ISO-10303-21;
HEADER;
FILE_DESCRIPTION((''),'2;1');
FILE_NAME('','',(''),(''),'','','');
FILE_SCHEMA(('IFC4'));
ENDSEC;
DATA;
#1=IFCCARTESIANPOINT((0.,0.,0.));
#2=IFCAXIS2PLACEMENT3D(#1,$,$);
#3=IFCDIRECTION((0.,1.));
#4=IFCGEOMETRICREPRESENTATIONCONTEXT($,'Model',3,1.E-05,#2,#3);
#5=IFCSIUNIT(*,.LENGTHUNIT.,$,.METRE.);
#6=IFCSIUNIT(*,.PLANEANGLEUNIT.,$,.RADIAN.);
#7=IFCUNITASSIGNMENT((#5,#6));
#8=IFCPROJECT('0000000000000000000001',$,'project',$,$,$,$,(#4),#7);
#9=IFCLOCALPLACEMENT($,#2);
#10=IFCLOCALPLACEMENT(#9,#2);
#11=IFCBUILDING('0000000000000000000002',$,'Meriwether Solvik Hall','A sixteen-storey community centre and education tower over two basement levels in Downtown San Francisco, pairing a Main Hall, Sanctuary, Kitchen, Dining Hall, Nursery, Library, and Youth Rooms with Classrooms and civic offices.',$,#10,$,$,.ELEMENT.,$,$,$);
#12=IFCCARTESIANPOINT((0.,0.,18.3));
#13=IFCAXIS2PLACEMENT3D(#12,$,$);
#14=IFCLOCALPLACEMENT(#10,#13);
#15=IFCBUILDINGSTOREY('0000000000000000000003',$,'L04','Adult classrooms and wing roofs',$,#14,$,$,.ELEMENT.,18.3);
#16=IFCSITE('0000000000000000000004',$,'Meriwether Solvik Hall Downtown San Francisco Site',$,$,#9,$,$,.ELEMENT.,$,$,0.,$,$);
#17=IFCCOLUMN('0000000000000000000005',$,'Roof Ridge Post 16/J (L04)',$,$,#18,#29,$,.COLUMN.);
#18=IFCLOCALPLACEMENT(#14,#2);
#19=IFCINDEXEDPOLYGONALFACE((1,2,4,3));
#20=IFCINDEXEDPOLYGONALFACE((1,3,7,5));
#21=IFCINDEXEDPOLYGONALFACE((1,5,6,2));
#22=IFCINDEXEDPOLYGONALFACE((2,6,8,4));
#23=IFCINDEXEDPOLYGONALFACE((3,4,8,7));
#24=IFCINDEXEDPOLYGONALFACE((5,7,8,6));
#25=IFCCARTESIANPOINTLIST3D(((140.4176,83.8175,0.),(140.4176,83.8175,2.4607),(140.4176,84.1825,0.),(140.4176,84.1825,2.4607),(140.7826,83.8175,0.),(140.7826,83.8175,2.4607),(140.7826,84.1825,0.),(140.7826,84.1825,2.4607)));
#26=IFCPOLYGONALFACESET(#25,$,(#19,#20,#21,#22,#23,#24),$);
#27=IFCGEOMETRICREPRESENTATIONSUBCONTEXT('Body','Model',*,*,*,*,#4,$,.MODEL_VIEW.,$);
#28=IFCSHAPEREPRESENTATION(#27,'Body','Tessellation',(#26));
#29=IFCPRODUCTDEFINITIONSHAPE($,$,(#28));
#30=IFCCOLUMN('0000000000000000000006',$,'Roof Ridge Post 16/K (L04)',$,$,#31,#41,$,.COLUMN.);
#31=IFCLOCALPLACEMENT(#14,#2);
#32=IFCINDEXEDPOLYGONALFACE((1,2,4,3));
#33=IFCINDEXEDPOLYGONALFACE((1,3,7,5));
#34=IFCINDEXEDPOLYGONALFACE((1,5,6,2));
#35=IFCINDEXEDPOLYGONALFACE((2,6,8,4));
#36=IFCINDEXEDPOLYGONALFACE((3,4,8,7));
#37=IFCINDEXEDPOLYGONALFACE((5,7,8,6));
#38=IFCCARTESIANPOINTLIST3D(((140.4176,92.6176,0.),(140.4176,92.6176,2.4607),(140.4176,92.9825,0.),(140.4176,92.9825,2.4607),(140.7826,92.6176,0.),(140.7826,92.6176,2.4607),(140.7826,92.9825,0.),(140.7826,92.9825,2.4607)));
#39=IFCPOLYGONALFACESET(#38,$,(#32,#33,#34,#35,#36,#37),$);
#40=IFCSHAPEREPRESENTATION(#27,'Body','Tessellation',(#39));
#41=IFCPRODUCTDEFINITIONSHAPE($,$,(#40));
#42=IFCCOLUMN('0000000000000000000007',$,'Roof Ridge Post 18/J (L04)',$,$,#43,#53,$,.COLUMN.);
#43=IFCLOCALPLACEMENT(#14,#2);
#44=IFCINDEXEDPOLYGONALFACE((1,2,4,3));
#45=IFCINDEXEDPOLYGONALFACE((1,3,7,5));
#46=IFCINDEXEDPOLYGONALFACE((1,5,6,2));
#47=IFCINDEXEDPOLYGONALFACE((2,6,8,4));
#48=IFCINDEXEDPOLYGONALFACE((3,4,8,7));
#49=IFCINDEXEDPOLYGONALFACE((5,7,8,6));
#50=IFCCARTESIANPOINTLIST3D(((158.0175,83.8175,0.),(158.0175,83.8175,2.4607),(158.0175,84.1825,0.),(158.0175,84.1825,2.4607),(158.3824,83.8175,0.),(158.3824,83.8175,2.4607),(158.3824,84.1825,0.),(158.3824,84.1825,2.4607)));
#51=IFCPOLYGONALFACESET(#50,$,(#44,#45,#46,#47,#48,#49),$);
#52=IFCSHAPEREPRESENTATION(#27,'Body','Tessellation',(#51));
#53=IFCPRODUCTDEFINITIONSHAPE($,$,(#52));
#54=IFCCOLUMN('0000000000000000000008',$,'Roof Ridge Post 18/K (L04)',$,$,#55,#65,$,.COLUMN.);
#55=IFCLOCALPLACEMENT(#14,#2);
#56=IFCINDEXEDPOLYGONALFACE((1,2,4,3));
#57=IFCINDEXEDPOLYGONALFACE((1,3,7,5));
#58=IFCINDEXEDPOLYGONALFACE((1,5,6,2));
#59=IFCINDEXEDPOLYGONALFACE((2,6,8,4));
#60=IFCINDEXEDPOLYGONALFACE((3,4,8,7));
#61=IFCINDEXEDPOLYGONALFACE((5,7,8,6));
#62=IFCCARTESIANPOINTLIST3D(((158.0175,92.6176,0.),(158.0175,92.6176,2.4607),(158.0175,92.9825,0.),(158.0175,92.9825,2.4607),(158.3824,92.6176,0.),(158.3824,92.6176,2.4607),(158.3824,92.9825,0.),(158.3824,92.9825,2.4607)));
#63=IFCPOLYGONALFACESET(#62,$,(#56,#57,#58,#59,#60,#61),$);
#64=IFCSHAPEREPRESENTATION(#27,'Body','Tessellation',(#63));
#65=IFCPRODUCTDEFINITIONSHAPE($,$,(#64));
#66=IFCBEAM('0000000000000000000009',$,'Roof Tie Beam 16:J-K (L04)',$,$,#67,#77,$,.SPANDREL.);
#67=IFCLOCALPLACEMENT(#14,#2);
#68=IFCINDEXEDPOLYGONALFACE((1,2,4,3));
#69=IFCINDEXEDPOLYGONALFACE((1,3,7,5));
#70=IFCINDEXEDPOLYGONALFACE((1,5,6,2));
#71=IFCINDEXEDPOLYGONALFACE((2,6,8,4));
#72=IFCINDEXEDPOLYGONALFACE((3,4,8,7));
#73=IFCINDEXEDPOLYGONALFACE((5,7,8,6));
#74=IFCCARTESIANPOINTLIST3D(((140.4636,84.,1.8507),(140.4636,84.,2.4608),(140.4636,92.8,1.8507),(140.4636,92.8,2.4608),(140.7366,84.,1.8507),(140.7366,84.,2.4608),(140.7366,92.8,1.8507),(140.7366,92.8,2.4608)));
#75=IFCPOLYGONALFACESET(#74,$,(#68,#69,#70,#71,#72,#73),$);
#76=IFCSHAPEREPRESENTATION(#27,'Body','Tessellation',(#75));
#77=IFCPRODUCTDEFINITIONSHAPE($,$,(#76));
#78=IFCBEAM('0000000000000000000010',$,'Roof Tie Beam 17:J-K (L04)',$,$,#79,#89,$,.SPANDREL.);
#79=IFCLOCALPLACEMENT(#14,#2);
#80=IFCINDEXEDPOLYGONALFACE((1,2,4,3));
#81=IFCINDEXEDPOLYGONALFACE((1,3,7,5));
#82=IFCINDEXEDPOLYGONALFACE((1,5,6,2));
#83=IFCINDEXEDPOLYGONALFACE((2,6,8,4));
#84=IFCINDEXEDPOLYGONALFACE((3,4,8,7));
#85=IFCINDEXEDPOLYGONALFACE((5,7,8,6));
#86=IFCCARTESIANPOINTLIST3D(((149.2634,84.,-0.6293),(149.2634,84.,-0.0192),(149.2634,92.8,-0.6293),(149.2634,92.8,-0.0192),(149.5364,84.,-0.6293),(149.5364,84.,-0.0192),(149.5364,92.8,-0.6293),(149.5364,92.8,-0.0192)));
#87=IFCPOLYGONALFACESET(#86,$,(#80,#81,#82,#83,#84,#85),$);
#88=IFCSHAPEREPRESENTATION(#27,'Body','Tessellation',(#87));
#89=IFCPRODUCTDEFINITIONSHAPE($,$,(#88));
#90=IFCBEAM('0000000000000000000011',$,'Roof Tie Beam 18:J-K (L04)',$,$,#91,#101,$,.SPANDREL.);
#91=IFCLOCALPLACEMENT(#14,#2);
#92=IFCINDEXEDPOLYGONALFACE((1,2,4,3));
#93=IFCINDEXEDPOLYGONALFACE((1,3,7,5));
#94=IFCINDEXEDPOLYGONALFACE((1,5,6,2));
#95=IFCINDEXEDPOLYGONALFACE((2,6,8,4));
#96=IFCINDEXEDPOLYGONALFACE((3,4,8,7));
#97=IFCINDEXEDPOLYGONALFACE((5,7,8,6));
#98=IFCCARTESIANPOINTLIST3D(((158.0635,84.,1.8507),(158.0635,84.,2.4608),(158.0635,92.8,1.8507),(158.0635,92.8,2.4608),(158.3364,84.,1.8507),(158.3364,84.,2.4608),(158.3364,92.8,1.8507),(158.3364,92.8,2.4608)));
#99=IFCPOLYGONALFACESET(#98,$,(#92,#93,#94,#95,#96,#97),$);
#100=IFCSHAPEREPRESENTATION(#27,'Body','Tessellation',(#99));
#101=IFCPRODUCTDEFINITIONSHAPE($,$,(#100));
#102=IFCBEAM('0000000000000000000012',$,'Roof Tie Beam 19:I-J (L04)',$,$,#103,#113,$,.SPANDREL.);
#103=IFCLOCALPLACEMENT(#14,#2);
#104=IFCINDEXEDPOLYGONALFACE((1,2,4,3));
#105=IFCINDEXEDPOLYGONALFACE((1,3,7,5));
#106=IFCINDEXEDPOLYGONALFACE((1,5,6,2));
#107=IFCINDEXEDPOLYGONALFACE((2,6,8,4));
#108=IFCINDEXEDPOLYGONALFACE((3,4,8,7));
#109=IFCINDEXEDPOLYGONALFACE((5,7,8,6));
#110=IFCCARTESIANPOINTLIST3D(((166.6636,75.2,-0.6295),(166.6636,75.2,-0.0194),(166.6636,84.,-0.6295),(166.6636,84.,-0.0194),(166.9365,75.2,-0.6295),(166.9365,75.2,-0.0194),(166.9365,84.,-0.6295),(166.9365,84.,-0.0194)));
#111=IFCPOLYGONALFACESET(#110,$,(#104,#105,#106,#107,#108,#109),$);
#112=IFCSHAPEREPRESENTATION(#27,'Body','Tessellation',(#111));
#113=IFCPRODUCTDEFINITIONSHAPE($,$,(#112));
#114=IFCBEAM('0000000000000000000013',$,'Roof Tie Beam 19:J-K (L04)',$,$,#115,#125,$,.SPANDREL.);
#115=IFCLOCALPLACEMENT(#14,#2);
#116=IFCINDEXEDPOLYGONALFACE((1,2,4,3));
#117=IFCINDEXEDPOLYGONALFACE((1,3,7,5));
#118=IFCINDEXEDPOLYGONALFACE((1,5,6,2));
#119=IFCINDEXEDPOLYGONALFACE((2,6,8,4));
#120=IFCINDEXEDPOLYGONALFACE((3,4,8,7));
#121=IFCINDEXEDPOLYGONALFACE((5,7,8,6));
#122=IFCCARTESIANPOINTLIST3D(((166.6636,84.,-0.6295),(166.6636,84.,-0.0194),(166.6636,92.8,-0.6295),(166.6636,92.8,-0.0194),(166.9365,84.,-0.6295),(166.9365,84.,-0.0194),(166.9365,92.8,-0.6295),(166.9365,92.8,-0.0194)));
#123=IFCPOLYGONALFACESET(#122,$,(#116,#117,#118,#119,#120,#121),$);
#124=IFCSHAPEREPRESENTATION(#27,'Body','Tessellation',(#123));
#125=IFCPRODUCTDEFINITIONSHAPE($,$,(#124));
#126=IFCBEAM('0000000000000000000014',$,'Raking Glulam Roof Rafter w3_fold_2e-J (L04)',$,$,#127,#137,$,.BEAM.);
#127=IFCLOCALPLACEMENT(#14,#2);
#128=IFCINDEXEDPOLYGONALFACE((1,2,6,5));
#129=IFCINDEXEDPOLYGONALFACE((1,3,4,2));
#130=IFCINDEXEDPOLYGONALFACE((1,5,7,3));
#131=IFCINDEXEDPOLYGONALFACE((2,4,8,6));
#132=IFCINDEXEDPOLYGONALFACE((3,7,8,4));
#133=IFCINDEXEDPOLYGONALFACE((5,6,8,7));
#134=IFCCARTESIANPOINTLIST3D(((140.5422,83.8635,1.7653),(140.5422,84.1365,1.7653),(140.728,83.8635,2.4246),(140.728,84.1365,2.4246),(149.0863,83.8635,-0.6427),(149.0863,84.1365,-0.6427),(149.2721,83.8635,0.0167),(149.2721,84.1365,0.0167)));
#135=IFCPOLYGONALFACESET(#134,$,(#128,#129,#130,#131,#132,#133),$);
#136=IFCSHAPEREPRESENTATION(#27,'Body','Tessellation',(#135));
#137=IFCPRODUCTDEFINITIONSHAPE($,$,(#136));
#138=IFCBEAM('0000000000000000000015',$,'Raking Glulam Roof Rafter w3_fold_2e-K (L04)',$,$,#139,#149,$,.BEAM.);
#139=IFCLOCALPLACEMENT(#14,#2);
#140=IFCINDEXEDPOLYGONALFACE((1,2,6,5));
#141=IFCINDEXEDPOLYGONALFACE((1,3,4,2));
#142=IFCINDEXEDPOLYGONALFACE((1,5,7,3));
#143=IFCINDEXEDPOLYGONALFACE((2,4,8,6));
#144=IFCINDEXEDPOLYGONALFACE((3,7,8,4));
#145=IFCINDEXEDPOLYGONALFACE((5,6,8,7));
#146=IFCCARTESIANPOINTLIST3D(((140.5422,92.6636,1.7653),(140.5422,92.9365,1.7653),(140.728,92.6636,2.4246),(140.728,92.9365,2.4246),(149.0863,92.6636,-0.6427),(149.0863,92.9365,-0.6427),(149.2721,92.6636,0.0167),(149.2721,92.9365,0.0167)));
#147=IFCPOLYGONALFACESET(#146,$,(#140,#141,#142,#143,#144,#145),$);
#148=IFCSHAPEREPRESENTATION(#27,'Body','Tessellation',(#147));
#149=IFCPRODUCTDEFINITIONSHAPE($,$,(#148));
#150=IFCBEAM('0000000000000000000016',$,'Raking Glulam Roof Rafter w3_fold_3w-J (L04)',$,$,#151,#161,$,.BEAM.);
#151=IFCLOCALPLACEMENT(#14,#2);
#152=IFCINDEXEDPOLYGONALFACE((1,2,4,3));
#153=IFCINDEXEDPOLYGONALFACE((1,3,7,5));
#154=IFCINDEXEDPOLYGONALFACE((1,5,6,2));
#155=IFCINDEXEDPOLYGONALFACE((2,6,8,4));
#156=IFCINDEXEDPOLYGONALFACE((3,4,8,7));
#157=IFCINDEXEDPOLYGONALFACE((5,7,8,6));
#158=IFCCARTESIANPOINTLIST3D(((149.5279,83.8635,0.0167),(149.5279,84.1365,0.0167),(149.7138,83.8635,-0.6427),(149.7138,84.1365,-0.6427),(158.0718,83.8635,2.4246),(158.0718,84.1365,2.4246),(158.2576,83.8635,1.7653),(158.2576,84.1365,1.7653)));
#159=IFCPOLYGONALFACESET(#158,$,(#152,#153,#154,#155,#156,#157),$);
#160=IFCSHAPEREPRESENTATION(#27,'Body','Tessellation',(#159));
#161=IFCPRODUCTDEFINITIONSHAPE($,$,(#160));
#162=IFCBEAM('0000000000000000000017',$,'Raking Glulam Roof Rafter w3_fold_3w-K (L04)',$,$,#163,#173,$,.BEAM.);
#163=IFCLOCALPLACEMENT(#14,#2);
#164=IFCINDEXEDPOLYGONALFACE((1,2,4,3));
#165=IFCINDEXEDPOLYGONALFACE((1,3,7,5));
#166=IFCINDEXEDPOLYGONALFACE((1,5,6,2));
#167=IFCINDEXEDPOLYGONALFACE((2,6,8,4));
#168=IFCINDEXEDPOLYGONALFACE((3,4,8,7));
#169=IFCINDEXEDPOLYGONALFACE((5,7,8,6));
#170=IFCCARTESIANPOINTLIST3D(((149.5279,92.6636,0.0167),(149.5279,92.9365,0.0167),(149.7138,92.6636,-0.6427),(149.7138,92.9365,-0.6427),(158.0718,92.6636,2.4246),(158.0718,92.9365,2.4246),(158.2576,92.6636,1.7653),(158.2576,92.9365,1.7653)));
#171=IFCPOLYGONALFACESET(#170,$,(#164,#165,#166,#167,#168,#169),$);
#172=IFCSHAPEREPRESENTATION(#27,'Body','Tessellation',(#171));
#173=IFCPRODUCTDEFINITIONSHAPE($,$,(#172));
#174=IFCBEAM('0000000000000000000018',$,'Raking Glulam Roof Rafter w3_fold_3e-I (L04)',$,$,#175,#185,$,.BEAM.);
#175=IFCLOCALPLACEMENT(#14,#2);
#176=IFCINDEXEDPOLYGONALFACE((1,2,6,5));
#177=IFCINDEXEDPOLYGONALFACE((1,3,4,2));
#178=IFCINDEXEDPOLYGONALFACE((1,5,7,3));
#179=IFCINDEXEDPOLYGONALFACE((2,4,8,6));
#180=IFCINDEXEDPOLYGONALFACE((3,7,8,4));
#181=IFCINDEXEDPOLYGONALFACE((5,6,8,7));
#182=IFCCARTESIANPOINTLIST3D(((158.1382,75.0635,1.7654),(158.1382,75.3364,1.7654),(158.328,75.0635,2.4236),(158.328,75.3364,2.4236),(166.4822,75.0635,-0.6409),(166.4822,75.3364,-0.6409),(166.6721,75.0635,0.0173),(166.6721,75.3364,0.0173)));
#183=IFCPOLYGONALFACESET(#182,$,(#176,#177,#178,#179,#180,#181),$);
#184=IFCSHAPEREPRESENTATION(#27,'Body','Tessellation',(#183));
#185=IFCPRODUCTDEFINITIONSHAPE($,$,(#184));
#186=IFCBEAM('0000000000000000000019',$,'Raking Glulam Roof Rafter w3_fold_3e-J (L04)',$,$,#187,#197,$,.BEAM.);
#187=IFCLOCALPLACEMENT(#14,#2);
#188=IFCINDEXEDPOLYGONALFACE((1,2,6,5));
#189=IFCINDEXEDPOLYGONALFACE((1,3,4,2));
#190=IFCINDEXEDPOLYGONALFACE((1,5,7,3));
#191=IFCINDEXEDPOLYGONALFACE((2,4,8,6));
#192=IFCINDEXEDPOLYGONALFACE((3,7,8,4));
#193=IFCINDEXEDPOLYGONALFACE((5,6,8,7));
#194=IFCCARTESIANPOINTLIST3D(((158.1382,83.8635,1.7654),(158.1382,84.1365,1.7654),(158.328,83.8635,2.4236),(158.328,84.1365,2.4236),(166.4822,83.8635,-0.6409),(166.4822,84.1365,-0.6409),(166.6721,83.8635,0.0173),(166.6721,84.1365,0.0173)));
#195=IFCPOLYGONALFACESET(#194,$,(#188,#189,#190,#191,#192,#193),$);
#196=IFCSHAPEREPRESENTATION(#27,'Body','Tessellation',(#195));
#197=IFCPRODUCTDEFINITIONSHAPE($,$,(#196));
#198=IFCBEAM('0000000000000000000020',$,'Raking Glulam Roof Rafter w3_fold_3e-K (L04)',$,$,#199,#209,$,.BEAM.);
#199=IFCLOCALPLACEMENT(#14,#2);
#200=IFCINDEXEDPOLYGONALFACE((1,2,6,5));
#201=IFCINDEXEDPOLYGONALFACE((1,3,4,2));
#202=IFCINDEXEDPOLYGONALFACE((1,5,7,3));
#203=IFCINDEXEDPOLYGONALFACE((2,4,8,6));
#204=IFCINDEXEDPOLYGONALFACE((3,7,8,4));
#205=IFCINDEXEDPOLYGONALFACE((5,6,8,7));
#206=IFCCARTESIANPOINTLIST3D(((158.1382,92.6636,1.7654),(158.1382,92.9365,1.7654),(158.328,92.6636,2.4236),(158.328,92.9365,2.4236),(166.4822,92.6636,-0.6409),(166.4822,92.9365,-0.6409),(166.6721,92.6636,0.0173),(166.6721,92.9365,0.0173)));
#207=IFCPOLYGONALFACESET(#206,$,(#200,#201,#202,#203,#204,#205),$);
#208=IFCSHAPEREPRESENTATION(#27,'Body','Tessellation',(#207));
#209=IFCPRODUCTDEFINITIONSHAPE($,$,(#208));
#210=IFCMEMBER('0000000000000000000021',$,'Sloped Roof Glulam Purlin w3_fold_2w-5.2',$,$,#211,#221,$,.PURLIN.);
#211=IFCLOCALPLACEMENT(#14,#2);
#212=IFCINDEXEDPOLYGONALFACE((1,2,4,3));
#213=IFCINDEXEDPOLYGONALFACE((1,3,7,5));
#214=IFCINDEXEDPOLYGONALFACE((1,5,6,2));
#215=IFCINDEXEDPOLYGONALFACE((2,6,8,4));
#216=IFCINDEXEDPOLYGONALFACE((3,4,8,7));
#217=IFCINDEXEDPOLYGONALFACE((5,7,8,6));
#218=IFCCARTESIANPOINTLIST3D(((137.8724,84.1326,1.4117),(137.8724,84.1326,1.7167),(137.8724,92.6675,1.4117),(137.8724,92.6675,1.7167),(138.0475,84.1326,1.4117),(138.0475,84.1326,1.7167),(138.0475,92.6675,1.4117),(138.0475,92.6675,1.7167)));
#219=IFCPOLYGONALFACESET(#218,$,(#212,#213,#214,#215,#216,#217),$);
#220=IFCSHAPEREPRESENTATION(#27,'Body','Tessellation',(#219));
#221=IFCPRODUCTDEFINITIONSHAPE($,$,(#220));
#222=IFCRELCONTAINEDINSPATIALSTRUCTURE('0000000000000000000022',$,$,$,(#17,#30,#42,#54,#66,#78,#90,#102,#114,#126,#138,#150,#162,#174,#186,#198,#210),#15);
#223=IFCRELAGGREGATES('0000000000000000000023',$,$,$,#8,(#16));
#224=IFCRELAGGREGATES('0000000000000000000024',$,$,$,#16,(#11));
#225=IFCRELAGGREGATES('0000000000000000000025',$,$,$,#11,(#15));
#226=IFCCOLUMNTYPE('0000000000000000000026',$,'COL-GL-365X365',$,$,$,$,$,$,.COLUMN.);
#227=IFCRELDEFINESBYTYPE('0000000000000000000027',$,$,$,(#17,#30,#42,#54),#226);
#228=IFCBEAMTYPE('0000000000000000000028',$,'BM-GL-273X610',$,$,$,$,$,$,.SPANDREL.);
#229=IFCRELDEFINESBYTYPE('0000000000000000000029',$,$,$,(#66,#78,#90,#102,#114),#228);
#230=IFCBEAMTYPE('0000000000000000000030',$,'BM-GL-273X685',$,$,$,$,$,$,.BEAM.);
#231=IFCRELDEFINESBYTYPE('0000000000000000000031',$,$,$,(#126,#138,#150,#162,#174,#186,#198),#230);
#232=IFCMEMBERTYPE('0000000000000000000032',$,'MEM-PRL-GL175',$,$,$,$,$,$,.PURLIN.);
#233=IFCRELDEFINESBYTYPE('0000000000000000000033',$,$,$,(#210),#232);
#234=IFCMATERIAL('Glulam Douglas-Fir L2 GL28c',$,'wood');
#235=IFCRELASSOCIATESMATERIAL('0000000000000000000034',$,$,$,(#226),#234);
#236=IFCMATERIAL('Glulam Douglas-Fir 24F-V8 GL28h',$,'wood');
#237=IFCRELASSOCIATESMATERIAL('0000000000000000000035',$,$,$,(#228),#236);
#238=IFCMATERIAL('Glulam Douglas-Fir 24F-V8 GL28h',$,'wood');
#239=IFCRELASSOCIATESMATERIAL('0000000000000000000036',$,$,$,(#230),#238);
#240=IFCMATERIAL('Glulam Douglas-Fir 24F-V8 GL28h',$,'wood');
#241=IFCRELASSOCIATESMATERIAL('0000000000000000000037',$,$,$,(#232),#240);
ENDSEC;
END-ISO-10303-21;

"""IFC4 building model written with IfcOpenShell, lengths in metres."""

from ifc_helpers import new_model, si_unit, direction, frame, origin, origin_2d, place, context, subcontext, project, spatial, rectangle, extrude, material, material_profile, profile_set, type_object, element, save


model = new_model("IFC4")

# Units and contexts
model_context = context("Model", 3, precision=1e-05, world=origin(), true_north=direction((0.0, 1.0)))
body_context = subcontext(model_context, "Body", "Model", "MODEL_VIEW")
ifc_project = project(units=[si_unit("LENGTHUNIT", "METRE"), si_unit("PLANEANGLEUNIT", "RADIAN")], contexts=[model_context])

# Site, building, storey
site_placement = place(None, origin())
site = spatial("IfcSite", under=ifc_project, at=site_placement, Name="Meriwether Solvik Hall Downtown San Francisco Site", CompositionType="ELEMENT", RefElevation=0.0)
building_placement = place(site_placement, origin())
building = spatial("IfcBuilding", under=site, at=building_placement, Name="Meriwether Solvik Hall", Description="A sixteen-storey community centre and education tower over two basement levels in Downtown San Francisco, pairing a Main Hall, Sanctuary, Kitchen, Dining Hall, Nursery, Library, and Youth Rooms with Classrooms and civic offices.", CompositionType="ELEMENT")
storey_placement = place(building_placement, frame((0.0, 0.0, 18.3)))
storey = spatial("IfcBuildingStorey", under=building, at=storey_placement, Name="L04", Description="Adult classrooms and wing roofs", CompositionType="ELEMENT", Elevation=18.3)

# Columns
ifc_material_1 = material(Name="Glulam Douglas-Fir L2 GL28c", Category="wood")
ifc_material_profile_1 = material_profile(ifc_material_1, rectangle(XDim=0.365, YDim=0.365, at=origin_2d()), Name="GLC-365X365")
ifc_profile_set_1 = profile_set([ifc_material_profile_1], Name="Glulam Douglas-Fir L2 GL28c")
column_type = type_object("IfcColumnType", Name="COL-GL-365X365", PredefinedType="COLUMN", material=ifc_profile_set_1)
for number, where, z_axis, x_axis, name in (
    (1, (140.6001, 84.0, 0.0), (0.0, 0.0, 1.0), (1.0, 0.0, 0.0), "Roof Ridge Post 16/J (L04)"),
    (2, (140.6001, 92.8, 0.0), (0.0, 0.0, 1.0), (1.0, 0.0, 0.0), "Roof Ridge Post 16/K (L04)"),
    (3, (158.2, 84.0, 0.0), (0.0, 0.0, 1.0), (1.0, 0.0, 0.0), "Roof Ridge Post 18/J (L04)"),
    (4, (158.2, 92.8, 0.0), (0.0, 0.0, 1.0), (1.0, 0.0, 0.0), "Roof Ridge Post 18/K (L04)"),
):
    element("IfcColumn", number, at=place(storey_placement, frame(where, z_axis=z_axis, x_axis=x_axis)), inside=storey, type_object=column_type, Name=name, PredefinedType="COLUMN", context=body_context, shape_type="SweptSolid", body=[
        extrude(rectangle(XDim=0.365, YDim=0.365, at=origin_2d()), origin(), (0.0, 0.0, 1.0), 2.4607),
    ])

# Beams
ifc_material_2 = material(Name="Glulam Douglas-Fir 24F-V8 GL28h", Category="wood")
ifc_material_profile_2 = material_profile(ifc_material_2, rectangle(XDim=0.2729, YDim=0.6101, at=origin_2d()), Name="GLB-273X610")
ifc_profile_set_2 = profile_set([ifc_material_profile_2], Name="Glulam Douglas-Fir 24F-V8 GL28h")
beam_type_1 = type_object("IfcBeamType", Name="BM-GL-273X610", PredefinedType="SPANDREL", material=ifc_profile_set_2)
for number, where, z_axis, x_axis, name in (
    (5, (140.6001, 84.0, 2.1558), (0.0, 1.0, 0.0), (-1.0, 0.0, 0.0), "Roof Tie Beam 16:J-K (L04)"),
    (6, (149.3999, 84.0, -0.3242), (0.0, 1.0, 0.0), (-1.0, 0.0, 0.0), "Roof Tie Beam 17:J-K (L04)"),
    (7, (158.2, 84.0, 2.1558), (0.0, 1.0, 0.0), (-1.0, 0.0, 0.0), "Roof Tie Beam 18:J-K (L04)"),
    (8, (166.8, 75.2, -0.3245), (0.0, 1.0, 0.0), (-1.0, 0.0, 0.0), "Roof Tie Beam 19:I-J (L04)"),
    (9, (166.8, 84.0, -0.3245), (0.0, 1.0, 0.0), (-1.0, 0.0, 0.0), "Roof Tie Beam 19:J-K (L04)"),
):
    element("IfcBeam", number, at=place(storey_placement, frame(where, z_axis=z_axis, x_axis=x_axis)), inside=storey, type_object=beam_type_1, Name=name, PredefinedType="SPANDREL", context=body_context, shape_type="SweptSolid", body=[
        extrude(rectangle(XDim=0.2729, YDim=0.6101, at=origin_2d()), origin(), (0.0, 0.0, 1.0), 8.8),
    ])
ifc_material_3 = material(Name="Glulam Douglas-Fir 24F-V8 GL28h", Category="wood")
ifc_material_profile_3 = material_profile(ifc_material_3, rectangle(XDim=0.2729, YDim=0.6851, at=origin_2d()), Name="GLB-273X685")
ifc_profile_set_3 = profile_set([ifc_material_profile_3], Name="Glulam Douglas-Fir 24F-V8 GL28h")
beam_type_2 = type_object("IfcBeamType", Name="BM-GL-273X685", PredefinedType="BEAM", material=ifc_profile_set_3)
for number, where, z_axis, x_axis, name in (
    (10, (149.1792, 84.0, -0.313), (-0.962507, 0.0, 0.271258), (0.0, -1.0, 0.0), "Raking Glulam Roof Rafter w3_fold_2e-J (L04)"),
    (11, (149.1792, 92.8, -0.313), (-0.962507, 0.0, 0.271258), (0.0, -1.0, 0.0), "Raking Glulam Roof Rafter w3_fold_2e-K (L04)"),
):
    element("IfcBeam", number, at=place(storey_placement, frame(where, z_axis=z_axis, x_axis=x_axis)), inside=storey, type_object=beam_type_2, Name=name, PredefinedType="BEAM", context=body_context, shape_type="SweptSolid", body=[
        extrude(rectangle(XDim=0.2729, YDim=0.6851, at=origin_2d()), origin(), (0.0, 0.0, 1.0), 8.877),
    ])
for number, where, z_axis, x_axis, name in (
    (12, (149.6208, 84.0, -0.313), (0.962505, 0.0, 0.271265), (0.0, 1.0, 0.0), "Raking Glulam Roof Rafter w3_fold_3w-J (L04)"),
    (13, (149.6208, 92.8, -0.313), (0.962505, 0.0, 0.271265), (0.0, 1.0, 0.0), "Raking Glulam Roof Rafter w3_fold_3w-K (L04)"),
):
    element("IfcBeam", number, at=place(storey_placement, frame(where, z_axis=z_axis, x_axis=x_axis)), inside=storey, type_object=beam_type_2, Name=name, PredefinedType="BEAM", context=body_context, shape_type="SweptSolid", body=[
        extrude(rectangle(XDim=0.2729, YDim=0.6851, at=origin_2d()), origin(), (0.0, 0.0, 1.0), 8.8767),
    ])
for number, where, z_axis, x_axis, name in (
    (14, (166.5771, 75.2, -0.3118), (-0.960844, 0.0, 0.277089), (0.0, -1.0, 0.0), "Raking Glulam Roof Rafter w3_fold_3e-I (L04)"),
    (15, (166.5771, 84.0, -0.3118), (-0.960844, 0.0, 0.277089), (0.0, -1.0, 0.0), "Raking Glulam Roof Rafter w3_fold_3e-J (L04)"),
    (16, (166.5771, 92.8, -0.3118), (-0.960844, 0.0, 0.277089), (0.0, -1.0, 0.0), "Raking Glulam Roof Rafter w3_fold_3e-K (L04)"),
):
    element("IfcBeam", number, at=place(storey_placement, frame(where, z_axis=z_axis, x_axis=x_axis)), inside=storey, type_object=beam_type_2, Name=name, PredefinedType="BEAM", context=body_context, shape_type="SweptSolid", body=[
        extrude(rectangle(XDim=0.2729, YDim=0.6851, at=origin_2d()), origin(), (0.0, 0.0, 1.0), 8.6841),
    ])

# Member
ifc_material_4 = material(Name="Glulam Douglas-Fir 24F-V8 GL28h", Category="wood")
ifc_material_profile_4 = material_profile(ifc_material_4, rectangle(XDim=0.175, YDim=0.3049, at=origin_2d()), Name="GLM-175X305")
ifc_profile_set_4 = profile_set([ifc_material_profile_4], Name="Glulam Douglas-Fir 24F-V8 GL28h")
member_type = type_object("IfcMemberType", Name="MEM-PRL-GL175", PredefinedType="PURLIN", material=ifc_profile_set_4)
for number, where, z_axis, x_axis, name in (
    (17, (137.96, 84.1326, 1.5642), (0.0, 1.0, 0.0), (-1.0, 0.0, 0.0), "Sloped Roof Glulam Purlin w3_fold_2w-5.2"),
):
    element("IfcMember", number, at=place(storey_placement, frame(where, z_axis=z_axis, x_axis=x_axis)), inside=storey, type_object=member_type, Name=name, PredefinedType="PURLIN", context=body_context, shape_type="SweptSolid", body=[
        extrude(rectangle(XDim=0.175, YDim=0.3049, at=origin_2d()), origin(), (0.0, 0.0, 1.0), 8.5349),
    ])

save(model, "model.ifc")
